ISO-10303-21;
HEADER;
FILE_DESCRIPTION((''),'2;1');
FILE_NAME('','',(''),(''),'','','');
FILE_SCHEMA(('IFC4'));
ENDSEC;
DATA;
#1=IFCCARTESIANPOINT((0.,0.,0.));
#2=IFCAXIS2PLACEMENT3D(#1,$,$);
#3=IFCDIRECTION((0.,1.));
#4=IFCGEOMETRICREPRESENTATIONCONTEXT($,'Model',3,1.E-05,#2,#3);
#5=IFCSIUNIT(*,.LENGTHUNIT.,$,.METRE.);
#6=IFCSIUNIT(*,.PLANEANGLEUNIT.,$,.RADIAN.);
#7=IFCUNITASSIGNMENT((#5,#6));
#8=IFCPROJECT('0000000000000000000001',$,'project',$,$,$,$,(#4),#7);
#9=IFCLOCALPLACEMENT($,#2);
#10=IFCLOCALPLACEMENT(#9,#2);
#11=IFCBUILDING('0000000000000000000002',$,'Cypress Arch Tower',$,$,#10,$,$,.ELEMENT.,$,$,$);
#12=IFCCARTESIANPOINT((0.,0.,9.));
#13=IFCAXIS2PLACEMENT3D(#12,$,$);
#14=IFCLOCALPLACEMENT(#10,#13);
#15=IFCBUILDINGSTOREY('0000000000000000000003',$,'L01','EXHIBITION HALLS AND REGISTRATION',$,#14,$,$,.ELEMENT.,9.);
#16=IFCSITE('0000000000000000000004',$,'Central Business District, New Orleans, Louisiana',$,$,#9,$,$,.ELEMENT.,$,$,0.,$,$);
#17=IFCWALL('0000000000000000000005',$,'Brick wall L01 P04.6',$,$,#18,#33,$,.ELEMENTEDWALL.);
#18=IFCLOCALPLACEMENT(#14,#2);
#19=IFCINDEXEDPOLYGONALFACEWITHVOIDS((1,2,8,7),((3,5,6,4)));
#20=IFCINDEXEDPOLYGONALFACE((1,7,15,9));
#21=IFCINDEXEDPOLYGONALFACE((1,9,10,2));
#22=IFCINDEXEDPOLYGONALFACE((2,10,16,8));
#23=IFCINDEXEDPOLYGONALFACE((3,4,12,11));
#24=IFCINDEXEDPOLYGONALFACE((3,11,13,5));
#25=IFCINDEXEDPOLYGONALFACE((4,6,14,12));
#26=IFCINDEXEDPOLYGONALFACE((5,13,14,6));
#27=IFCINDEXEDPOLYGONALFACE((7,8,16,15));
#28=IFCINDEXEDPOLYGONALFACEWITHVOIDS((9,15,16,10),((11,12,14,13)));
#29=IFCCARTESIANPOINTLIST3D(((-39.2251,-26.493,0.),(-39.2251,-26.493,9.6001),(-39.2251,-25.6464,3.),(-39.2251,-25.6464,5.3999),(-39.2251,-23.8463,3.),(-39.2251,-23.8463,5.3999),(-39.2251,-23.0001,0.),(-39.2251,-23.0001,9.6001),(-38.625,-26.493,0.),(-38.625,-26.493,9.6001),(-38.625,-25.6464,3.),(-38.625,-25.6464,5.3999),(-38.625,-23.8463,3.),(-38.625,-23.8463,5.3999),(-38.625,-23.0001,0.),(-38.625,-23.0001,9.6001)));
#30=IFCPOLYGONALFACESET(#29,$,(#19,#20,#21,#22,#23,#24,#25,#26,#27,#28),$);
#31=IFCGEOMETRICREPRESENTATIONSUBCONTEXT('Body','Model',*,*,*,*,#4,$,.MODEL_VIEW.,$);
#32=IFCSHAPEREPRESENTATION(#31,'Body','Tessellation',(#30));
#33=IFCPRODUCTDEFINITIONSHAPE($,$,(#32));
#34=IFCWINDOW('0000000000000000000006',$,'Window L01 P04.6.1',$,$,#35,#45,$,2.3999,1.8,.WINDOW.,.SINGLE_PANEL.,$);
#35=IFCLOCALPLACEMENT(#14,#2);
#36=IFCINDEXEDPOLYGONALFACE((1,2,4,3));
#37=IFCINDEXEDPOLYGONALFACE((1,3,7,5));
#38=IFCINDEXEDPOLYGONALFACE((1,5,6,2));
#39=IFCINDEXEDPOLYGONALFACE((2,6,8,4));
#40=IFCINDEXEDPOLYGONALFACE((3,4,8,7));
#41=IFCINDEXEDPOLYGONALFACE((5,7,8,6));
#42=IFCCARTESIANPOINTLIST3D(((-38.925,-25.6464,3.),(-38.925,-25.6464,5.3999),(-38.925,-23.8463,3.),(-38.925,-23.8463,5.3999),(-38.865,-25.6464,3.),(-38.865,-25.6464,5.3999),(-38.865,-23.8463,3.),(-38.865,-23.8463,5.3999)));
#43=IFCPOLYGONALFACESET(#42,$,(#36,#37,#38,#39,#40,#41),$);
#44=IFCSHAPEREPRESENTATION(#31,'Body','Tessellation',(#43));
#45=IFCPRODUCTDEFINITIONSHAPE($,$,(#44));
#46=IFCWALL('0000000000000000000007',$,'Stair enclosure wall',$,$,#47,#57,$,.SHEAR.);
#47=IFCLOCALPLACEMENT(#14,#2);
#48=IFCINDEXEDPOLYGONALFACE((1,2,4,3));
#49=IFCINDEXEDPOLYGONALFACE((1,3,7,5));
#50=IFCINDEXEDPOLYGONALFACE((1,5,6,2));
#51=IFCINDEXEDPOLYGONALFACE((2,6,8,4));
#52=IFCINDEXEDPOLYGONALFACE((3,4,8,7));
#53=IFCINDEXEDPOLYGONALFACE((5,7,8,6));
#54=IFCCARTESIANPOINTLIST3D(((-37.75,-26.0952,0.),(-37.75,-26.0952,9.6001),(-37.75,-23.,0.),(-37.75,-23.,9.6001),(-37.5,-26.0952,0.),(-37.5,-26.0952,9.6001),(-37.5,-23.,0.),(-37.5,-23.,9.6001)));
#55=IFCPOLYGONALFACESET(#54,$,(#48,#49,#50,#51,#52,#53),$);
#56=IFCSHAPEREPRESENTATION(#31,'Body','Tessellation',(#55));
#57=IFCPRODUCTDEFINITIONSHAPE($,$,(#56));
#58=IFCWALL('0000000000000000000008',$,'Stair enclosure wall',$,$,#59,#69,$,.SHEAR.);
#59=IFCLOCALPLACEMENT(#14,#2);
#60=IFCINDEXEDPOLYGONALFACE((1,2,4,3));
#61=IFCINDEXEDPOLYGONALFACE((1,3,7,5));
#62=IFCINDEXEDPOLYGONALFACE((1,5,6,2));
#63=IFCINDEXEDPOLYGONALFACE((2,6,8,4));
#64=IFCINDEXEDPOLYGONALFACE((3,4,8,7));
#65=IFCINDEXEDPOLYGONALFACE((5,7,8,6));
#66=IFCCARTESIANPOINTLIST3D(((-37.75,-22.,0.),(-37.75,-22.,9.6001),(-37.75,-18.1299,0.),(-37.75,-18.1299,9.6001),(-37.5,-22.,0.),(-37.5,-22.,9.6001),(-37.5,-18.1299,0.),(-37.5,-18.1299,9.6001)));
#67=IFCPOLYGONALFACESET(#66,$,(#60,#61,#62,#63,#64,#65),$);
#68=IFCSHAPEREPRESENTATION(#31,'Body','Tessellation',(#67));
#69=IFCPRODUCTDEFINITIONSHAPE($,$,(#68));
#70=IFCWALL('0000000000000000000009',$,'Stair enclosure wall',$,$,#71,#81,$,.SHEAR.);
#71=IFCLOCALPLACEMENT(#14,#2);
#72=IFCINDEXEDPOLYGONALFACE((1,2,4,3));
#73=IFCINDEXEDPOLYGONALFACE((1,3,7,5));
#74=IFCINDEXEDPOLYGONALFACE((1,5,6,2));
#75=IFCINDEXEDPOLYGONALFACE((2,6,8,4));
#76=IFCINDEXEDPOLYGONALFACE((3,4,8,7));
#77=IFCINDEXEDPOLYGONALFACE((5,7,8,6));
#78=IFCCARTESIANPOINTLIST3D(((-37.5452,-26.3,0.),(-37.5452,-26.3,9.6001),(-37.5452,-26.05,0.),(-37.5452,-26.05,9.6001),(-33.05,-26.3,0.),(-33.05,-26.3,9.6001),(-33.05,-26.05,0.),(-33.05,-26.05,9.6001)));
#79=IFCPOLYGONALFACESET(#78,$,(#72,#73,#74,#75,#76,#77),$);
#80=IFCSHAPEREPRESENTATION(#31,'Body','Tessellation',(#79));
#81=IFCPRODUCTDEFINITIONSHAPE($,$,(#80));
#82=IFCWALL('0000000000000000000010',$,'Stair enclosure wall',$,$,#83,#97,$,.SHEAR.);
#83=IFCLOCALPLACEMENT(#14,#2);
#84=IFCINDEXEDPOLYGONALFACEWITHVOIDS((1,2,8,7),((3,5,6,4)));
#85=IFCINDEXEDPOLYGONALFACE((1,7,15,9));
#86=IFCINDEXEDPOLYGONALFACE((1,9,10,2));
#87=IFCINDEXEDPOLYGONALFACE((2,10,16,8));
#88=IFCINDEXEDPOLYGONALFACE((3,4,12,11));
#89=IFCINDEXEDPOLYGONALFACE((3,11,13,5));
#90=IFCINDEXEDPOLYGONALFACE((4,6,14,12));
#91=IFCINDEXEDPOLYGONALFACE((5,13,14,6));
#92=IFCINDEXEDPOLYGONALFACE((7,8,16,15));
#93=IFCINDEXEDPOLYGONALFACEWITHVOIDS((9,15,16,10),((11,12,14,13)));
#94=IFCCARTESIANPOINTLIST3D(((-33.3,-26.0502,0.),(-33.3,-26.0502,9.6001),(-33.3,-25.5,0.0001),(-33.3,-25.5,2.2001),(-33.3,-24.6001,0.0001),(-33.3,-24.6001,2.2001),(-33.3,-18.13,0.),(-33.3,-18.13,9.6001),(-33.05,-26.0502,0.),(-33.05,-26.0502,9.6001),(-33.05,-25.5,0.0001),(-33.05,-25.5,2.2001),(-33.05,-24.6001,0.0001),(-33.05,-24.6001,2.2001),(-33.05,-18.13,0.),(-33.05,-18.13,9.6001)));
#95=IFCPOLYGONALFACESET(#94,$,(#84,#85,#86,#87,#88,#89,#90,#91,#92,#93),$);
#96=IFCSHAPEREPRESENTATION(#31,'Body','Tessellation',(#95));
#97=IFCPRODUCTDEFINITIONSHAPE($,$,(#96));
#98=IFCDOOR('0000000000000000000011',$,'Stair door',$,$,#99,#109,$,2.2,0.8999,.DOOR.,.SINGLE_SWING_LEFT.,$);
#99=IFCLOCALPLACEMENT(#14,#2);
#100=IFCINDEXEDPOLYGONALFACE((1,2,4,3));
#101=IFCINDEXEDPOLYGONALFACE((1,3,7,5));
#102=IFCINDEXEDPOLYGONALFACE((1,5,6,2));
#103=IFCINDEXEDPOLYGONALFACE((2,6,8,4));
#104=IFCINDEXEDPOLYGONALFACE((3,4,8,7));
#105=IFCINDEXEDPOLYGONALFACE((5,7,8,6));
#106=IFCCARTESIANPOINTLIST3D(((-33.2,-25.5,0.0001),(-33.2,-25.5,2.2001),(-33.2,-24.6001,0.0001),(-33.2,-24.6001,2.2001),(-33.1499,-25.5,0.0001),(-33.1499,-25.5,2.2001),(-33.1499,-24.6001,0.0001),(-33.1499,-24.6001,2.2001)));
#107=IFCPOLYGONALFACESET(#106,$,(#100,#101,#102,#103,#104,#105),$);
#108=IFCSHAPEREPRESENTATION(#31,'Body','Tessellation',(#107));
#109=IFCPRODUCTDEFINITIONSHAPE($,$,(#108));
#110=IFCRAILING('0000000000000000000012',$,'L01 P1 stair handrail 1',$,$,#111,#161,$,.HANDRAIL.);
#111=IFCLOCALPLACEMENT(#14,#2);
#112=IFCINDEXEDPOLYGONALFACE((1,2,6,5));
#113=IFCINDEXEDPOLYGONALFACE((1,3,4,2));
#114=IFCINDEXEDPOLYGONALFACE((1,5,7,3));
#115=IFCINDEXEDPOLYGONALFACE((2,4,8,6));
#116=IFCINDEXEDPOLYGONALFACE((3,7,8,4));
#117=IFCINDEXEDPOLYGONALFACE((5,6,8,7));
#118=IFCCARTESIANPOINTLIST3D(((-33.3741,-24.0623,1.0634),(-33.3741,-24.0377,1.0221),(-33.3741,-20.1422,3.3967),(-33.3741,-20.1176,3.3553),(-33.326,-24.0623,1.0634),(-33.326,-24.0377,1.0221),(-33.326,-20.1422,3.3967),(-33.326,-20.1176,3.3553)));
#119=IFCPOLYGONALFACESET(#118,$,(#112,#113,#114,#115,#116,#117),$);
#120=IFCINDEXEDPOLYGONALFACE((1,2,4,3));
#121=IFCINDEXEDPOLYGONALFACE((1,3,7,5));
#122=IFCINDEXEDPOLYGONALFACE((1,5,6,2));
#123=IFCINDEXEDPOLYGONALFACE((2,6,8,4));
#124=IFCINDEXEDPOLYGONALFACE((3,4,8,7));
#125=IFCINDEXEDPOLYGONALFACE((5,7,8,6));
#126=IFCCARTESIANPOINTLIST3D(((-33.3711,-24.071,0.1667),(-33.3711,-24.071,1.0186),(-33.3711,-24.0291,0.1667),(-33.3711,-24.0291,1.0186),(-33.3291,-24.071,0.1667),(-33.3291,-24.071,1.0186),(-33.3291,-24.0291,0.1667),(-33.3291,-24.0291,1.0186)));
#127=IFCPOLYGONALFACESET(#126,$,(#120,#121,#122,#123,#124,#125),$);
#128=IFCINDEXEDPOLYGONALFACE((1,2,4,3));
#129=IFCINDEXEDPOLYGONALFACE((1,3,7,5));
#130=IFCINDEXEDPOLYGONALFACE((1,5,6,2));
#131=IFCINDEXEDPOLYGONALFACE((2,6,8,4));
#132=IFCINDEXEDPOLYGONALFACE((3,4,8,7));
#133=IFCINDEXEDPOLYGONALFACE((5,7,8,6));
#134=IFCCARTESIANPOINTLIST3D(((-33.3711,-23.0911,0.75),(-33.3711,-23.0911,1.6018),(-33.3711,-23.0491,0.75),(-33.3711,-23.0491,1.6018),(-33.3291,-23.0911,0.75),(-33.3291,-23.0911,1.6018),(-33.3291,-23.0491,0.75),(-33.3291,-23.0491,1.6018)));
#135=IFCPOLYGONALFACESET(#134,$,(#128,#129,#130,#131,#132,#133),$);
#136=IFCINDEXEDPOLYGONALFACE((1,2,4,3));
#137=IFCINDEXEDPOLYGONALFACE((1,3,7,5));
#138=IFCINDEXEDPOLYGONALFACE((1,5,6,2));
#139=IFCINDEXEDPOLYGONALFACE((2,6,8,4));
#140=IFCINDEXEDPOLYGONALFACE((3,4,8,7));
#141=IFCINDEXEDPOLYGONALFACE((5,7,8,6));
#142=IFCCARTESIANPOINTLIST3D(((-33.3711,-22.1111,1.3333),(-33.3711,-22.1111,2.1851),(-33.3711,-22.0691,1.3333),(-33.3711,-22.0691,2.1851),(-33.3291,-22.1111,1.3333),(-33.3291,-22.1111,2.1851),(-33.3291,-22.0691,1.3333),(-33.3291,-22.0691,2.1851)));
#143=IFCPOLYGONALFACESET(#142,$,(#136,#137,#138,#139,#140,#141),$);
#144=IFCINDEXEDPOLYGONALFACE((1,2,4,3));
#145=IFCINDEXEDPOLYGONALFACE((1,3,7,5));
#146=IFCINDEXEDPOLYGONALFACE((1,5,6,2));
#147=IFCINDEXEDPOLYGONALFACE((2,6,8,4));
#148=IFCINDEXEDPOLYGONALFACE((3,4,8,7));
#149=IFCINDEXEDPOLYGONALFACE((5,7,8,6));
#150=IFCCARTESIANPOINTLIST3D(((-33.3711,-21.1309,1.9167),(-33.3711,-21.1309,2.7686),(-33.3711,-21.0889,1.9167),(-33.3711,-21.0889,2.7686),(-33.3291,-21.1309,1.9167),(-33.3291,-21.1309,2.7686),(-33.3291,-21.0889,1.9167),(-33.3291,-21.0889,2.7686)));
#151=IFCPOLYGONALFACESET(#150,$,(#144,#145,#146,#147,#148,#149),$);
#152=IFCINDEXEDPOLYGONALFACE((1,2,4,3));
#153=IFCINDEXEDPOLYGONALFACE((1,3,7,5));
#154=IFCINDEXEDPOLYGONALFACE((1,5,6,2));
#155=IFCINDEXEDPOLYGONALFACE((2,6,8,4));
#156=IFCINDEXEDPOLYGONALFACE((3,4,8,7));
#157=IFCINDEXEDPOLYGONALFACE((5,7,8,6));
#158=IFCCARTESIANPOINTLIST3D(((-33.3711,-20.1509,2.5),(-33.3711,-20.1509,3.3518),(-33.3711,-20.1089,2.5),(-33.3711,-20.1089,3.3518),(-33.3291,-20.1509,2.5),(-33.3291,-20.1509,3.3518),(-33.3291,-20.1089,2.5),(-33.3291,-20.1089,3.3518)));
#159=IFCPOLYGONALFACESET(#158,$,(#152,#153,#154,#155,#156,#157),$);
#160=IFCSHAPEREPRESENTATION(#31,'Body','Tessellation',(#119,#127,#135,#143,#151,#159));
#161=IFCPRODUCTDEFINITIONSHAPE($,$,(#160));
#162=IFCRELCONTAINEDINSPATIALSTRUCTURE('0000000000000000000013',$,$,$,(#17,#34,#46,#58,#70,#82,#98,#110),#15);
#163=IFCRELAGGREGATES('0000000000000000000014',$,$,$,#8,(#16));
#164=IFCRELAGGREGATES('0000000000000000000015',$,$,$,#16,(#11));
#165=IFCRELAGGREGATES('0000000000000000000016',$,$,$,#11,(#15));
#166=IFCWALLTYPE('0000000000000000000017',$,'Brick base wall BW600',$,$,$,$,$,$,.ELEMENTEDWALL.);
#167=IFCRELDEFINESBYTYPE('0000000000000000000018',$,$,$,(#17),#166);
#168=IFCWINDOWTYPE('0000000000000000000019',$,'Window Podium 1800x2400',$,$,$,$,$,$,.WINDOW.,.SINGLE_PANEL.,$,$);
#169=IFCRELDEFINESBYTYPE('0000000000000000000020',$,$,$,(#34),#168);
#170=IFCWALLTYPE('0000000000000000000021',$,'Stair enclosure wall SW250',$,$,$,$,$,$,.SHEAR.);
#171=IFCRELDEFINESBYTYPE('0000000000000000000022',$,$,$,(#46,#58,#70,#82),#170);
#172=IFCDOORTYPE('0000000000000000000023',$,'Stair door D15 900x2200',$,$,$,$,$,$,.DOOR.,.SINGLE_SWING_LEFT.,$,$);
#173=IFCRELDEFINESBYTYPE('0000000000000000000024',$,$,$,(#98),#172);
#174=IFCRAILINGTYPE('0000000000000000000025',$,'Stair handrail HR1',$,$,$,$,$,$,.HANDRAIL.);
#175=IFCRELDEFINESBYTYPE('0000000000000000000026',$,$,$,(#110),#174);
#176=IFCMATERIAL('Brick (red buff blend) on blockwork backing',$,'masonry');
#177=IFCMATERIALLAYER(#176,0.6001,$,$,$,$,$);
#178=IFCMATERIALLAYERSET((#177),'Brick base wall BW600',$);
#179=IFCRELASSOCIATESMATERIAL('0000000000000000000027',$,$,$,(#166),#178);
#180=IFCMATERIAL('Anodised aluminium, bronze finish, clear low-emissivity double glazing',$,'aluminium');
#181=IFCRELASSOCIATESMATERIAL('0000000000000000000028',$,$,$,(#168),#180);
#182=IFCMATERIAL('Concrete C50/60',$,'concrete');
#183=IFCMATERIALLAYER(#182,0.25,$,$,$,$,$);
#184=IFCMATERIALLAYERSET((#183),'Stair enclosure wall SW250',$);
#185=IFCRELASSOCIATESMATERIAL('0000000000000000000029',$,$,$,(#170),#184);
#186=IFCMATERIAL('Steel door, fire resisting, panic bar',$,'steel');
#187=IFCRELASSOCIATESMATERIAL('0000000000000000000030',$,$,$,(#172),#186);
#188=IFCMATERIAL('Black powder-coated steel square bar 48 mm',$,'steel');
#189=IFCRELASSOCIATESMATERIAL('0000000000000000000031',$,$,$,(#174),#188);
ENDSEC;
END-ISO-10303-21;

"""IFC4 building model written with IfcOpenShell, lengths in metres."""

from ifc_helpers import new_model, si_unit, direction, frame, frame_2d, origin, origin_2d, place, context, subcontext, project, spatial, rectangle, extrude, material, layer, layer_set, type_object, element, fill, save


model = new_model("IFC4")

# Units and contexts
model_context = context("Model", 3, precision=1e-05, world=origin(), true_north=direction((0.0, 1.0)))
body_context = subcontext(model_context, "Body", "Model", "MODEL_VIEW")
ifc_project = project(units=[si_unit("LENGTHUNIT", "METRE"), si_unit("PLANEANGLEUNIT", "RADIAN")], contexts=[model_context])

# Site, building, storey
site_placement = place(None, origin())
site = spatial("IfcSite", under=ifc_project, at=site_placement, Name="Central Business District, New Orleans, Louisiana", CompositionType="ELEMENT", RefElevation=0.0)
building_placement = place(site_placement, origin())
building = spatial("IfcBuilding", under=site, at=building_placement, Name="Cypress Arch Tower", CompositionType="ELEMENT")
storey_placement = place(building_placement, frame((0.0, 0.0, 9.0)))
storey = spatial("IfcBuildingStorey", under=building, at=storey_placement, Name="L01", Description="EXHIBITION HALLS AND REGISTRATION", CompositionType="ELEMENT", Elevation=9.0)

# Shared definitions
ifc_material_1 = material(Name="Brick (red buff blend) on blockwork backing", Category="masonry")
ifc_layer_1 = layer(ifc_material_1, 0.6001)
ifc_layer_set_1 = layer_set([ifc_layer_1], Name="Brick base wall BW600")
wall_type_1 = type_object("IfcWallType", Name="Brick base wall BW600", PredefinedType="ELEMENTEDWALL", material=ifc_layer_set_1)

# Wall, opening, window
wall_1_placement = place(storey_placement, frame((-38.925, -23.0, 0.0), z_axis=(0.0, 0.0, 1.0), x_axis=(0.0, -1.0, 0.0)))
wall_1 = element("IfcWall", 1, at=wall_1_placement, inside=storey, type_object=wall_type_1, Name="Brick wall L01 P04.6", PredefinedType="ELEMENTEDWALL", context=body_context, shape_type="SweptSolid", body=[
    extrude(rectangle(XDim=3.4929, YDim=0.6001, at=frame_2d((1.7466, 0.0))), origin(), (0.0, 0.0, 1.0), 9.6001),
])
opening_1_placement = place(wall_1_placement, frame((0.8464, 0.0, 3.0)))
opening_1 = element("IfcOpeningElement", 2, at=opening_1_placement, cuts=wall_1, PredefinedType="OPENING", context=body_context, shape_type="SweptSolid", body=[
    extrude(rectangle(XDim=1.8, YDim=2.3999, at=frame_2d((0.8999, 1.2))), frame((0.0, 0.3101, 0.0), z_axis=(0.0, -1.0, 0.0), x_axis=(1.0, 0.0, 0.0)), (0.0, 0.0, 1.0), 0.6201),
])
ifc_material_2 = material(Name="Anodised aluminium, bronze finish, clear low-emissivity double glazing", Category="aluminium")
window_type_1 = type_object("IfcWindowType", Name="Window Podium 1800x2400", PartitioningType="SINGLE_PANEL", PredefinedType="WINDOW", material=ifc_material_2)
window_1_placement = place(opening_1_placement, origin())
window_1 = element("IfcWindow", 3, at=window_1_placement, inside=storey, type_object=window_type_1, Name="Window L01 P04.6.1", OverallHeight=2.3999, OverallWidth=1.8, PartitioningType="SINGLE_PANEL", PredefinedType="WINDOW", context=body_context, shape_type="SweptSolid", body=[
    extrude(rectangle(XDim=1.8, YDim=2.3999, at=frame_2d((0.8999, 1.2))), frame((0.0, 0.0601, 0.0), z_axis=(0.0, -1.0, 0.0), x_axis=(1.0, 0.0, 0.0)), (0.0, 0.0, 1.0), 0.0601),
])
fill(opening_1, window_1)

# Walls
ifc_material_3 = material(Name="Concrete C50/60", Category="concrete")
ifc_layer_2 = layer(ifc_material_3, 0.25)
ifc_layer_set_2 = layer_set([ifc_layer_2], Name="Stair enclosure wall SW250")
wall_type_2 = type_object("IfcWallType", Name="Stair enclosure wall SW250", PredefinedType="SHEAR", material=ifc_layer_set_2)
wall_2_placement = place(storey_placement, frame((-37.625, -26.0952, 0.0), z_axis=(0.0, 0.0, 1.0), x_axis=(0.0, 1.0, 0.0)))
element("IfcWall", 4, at=wall_2_placement, inside=storey, type_object=wall_type_2, Name="Stair enclosure wall", PredefinedType="SHEAR", context=body_context, shape_type="SweptSolid", body=[
    extrude(rectangle(XDim=3.0952, YDim=0.25, at=frame_2d((1.5476, 0.0))), origin(), (0.0, 0.0, 1.0), 9.6001),
])
wall_3_placement = place(storey_placement, frame((-37.625, -22.0, 0.0), z_axis=(0.0, 0.0, 1.0), x_axis=(0.0, 1.0, 0.0)))
element("IfcWall", 5, at=wall_3_placement, inside=storey, type_object=wall_type_2, Name="Stair enclosure wall", PredefinedType="SHEAR", context=body_context, shape_type="SweptSolid", body=[
    extrude(rectangle(XDim=3.8701, YDim=0.25, at=frame_2d((1.9351, 0.0))), origin(), (0.0, 0.0, 1.0), 9.6001),
])
wall_4_placement = place(storey_placement, frame((-37.5452, -26.175, 0.0), z_axis=(0.0, 0.0, 1.0), x_axis=(1.0, 0.0, 0.0)))
element("IfcWall", 6, at=wall_4_placement, inside=storey, type_object=wall_type_2, Name="Stair enclosure wall", PredefinedType="SHEAR", context=body_context, shape_type="SweptSolid", body=[
    extrude(rectangle(XDim=4.4951, YDim=0.25, at=frame_2d((2.2476, 0.0))), origin(), (0.0, 0.0, 1.0), 9.6001),
])

# Wall, opening, door
wall_5_placement = place(storey_placement, frame((-33.175, -26.05, 0.0), z_axis=(0.0, 0.0, 1.0), x_axis=(0.0, 1.0, 0.0)))
wall_5 = element("IfcWall", 7, at=wall_5_placement, inside=storey, type_object=wall_type_2, Name="Stair enclosure wall", PredefinedType="SHEAR", context=body_context, shape_type="SweptSolid", body=[
    extrude(rectangle(XDim=7.9202, YDim=0.25, at=frame_2d((3.96, 0.0))), origin(), (0.0, 0.0, 1.0), 9.6001),
])
opening_2_placement = place(wall_5_placement, frame((0.55, 0.0, 0.0)))
opening_2 = element("IfcOpeningElement", 8, at=opening_2_placement, cuts=wall_5, PredefinedType="OPENING", context=body_context, shape_type="SweptSolid", body=[
    extrude(rectangle(XDim=0.8999, YDim=2.2, at=frame_2d((0.45, 1.1001))), frame((0.0, 0.135, 0.0), z_axis=(0.0, -1.0, 0.0), x_axis=(1.0, 0.0, 0.0)), (0.0, 0.0, 1.0), 0.27),
])
ifc_material_4 = material(Name="Steel door, fire resisting, panic bar", Category="steel")
door_type = type_object("IfcDoorType", Name="Stair door D15 900x2200", OperationType="SINGLE_SWING_LEFT", PredefinedType="DOOR", material=ifc_material_4)
door_placement = place(opening_2_placement, origin())
door = element("IfcDoor", 9, at=door_placement, inside=storey, type_object=door_type, Name="Stair door", OperationType="SINGLE_SWING_LEFT", OverallHeight=2.2, OverallWidth=0.8999, PredefinedType="DOOR", context=body_context, shape_type="SweptSolid", body=[
    extrude(rectangle(XDim=0.8999, YDim=2.2, at=frame_2d((0.45, 1.1001))), frame((0.0, 0.0249, 0.0), z_axis=(0.0, -1.0, 0.0), x_axis=(1.0, 0.0, 0.0)), (0.0, 0.0, 1.0), 0.05),
])
fill(opening_2, door)

# Railing
ifc_material_5 = material(Name="Black powder-coated steel square bar 48 mm", Category="steel")
railing_type_1 = type_object("IfcRailingType", Name="Stair handrail HR1", PredefinedType="HANDRAIL", material=ifc_material_5)
railing_1_placement = place(storey_placement, frame((-33.3501, -24.05, 0.1667)))
element("IfcRailing", 10, at=railing_1_placement, inside=storey, type_object=railing_type_1, Name="L01 P1 stair handrail 1", PredefinedType="HANDRAIL", context=body_context, shape_type="SweptSolid", body=[
    extrude(rectangle(XDim=0.0481, YDim=0.0481, at=origin_2d()), frame((0.0, 0.0, 0.876), z_axis=(0.0, 0.85931, 0.511455), x_axis=(-1.0, 0.0, 0.0)), (0.0, 0.0, 1.0), 4.562),
    extrude(rectangle(XDim=0.042, YDim=0.042, at=origin_2d()), origin(), (0.0, 0.0, 1.0), 0.8518),
    extrude(rectangle(XDim=0.042, YDim=0.042, at=origin_2d()), frame((0.0, 0.98, 0.5833)), (0.0, 0.0, 1.0), 0.8518),
    extrude(rectangle(XDim=0.042, YDim=0.042, at=origin_2d()), frame((0.0, 1.96, 1.1665)), (0.0, 0.0, 1.0), 0.8518),
    extrude(rectangle(XDim=0.042, YDim=0.042, at=origin_2d()), frame((0.0, 2.9402, 1.75)), (0.0, 0.0, 1.0), 0.8518),
    extrude(rectangle(XDim=0.042, YDim=0.042, at=origin_2d()), frame((0.0, 3.9202, 2.3333)), (0.0, 0.0, 1.0), 0.8518),
])

save(model, "model.ifc")
